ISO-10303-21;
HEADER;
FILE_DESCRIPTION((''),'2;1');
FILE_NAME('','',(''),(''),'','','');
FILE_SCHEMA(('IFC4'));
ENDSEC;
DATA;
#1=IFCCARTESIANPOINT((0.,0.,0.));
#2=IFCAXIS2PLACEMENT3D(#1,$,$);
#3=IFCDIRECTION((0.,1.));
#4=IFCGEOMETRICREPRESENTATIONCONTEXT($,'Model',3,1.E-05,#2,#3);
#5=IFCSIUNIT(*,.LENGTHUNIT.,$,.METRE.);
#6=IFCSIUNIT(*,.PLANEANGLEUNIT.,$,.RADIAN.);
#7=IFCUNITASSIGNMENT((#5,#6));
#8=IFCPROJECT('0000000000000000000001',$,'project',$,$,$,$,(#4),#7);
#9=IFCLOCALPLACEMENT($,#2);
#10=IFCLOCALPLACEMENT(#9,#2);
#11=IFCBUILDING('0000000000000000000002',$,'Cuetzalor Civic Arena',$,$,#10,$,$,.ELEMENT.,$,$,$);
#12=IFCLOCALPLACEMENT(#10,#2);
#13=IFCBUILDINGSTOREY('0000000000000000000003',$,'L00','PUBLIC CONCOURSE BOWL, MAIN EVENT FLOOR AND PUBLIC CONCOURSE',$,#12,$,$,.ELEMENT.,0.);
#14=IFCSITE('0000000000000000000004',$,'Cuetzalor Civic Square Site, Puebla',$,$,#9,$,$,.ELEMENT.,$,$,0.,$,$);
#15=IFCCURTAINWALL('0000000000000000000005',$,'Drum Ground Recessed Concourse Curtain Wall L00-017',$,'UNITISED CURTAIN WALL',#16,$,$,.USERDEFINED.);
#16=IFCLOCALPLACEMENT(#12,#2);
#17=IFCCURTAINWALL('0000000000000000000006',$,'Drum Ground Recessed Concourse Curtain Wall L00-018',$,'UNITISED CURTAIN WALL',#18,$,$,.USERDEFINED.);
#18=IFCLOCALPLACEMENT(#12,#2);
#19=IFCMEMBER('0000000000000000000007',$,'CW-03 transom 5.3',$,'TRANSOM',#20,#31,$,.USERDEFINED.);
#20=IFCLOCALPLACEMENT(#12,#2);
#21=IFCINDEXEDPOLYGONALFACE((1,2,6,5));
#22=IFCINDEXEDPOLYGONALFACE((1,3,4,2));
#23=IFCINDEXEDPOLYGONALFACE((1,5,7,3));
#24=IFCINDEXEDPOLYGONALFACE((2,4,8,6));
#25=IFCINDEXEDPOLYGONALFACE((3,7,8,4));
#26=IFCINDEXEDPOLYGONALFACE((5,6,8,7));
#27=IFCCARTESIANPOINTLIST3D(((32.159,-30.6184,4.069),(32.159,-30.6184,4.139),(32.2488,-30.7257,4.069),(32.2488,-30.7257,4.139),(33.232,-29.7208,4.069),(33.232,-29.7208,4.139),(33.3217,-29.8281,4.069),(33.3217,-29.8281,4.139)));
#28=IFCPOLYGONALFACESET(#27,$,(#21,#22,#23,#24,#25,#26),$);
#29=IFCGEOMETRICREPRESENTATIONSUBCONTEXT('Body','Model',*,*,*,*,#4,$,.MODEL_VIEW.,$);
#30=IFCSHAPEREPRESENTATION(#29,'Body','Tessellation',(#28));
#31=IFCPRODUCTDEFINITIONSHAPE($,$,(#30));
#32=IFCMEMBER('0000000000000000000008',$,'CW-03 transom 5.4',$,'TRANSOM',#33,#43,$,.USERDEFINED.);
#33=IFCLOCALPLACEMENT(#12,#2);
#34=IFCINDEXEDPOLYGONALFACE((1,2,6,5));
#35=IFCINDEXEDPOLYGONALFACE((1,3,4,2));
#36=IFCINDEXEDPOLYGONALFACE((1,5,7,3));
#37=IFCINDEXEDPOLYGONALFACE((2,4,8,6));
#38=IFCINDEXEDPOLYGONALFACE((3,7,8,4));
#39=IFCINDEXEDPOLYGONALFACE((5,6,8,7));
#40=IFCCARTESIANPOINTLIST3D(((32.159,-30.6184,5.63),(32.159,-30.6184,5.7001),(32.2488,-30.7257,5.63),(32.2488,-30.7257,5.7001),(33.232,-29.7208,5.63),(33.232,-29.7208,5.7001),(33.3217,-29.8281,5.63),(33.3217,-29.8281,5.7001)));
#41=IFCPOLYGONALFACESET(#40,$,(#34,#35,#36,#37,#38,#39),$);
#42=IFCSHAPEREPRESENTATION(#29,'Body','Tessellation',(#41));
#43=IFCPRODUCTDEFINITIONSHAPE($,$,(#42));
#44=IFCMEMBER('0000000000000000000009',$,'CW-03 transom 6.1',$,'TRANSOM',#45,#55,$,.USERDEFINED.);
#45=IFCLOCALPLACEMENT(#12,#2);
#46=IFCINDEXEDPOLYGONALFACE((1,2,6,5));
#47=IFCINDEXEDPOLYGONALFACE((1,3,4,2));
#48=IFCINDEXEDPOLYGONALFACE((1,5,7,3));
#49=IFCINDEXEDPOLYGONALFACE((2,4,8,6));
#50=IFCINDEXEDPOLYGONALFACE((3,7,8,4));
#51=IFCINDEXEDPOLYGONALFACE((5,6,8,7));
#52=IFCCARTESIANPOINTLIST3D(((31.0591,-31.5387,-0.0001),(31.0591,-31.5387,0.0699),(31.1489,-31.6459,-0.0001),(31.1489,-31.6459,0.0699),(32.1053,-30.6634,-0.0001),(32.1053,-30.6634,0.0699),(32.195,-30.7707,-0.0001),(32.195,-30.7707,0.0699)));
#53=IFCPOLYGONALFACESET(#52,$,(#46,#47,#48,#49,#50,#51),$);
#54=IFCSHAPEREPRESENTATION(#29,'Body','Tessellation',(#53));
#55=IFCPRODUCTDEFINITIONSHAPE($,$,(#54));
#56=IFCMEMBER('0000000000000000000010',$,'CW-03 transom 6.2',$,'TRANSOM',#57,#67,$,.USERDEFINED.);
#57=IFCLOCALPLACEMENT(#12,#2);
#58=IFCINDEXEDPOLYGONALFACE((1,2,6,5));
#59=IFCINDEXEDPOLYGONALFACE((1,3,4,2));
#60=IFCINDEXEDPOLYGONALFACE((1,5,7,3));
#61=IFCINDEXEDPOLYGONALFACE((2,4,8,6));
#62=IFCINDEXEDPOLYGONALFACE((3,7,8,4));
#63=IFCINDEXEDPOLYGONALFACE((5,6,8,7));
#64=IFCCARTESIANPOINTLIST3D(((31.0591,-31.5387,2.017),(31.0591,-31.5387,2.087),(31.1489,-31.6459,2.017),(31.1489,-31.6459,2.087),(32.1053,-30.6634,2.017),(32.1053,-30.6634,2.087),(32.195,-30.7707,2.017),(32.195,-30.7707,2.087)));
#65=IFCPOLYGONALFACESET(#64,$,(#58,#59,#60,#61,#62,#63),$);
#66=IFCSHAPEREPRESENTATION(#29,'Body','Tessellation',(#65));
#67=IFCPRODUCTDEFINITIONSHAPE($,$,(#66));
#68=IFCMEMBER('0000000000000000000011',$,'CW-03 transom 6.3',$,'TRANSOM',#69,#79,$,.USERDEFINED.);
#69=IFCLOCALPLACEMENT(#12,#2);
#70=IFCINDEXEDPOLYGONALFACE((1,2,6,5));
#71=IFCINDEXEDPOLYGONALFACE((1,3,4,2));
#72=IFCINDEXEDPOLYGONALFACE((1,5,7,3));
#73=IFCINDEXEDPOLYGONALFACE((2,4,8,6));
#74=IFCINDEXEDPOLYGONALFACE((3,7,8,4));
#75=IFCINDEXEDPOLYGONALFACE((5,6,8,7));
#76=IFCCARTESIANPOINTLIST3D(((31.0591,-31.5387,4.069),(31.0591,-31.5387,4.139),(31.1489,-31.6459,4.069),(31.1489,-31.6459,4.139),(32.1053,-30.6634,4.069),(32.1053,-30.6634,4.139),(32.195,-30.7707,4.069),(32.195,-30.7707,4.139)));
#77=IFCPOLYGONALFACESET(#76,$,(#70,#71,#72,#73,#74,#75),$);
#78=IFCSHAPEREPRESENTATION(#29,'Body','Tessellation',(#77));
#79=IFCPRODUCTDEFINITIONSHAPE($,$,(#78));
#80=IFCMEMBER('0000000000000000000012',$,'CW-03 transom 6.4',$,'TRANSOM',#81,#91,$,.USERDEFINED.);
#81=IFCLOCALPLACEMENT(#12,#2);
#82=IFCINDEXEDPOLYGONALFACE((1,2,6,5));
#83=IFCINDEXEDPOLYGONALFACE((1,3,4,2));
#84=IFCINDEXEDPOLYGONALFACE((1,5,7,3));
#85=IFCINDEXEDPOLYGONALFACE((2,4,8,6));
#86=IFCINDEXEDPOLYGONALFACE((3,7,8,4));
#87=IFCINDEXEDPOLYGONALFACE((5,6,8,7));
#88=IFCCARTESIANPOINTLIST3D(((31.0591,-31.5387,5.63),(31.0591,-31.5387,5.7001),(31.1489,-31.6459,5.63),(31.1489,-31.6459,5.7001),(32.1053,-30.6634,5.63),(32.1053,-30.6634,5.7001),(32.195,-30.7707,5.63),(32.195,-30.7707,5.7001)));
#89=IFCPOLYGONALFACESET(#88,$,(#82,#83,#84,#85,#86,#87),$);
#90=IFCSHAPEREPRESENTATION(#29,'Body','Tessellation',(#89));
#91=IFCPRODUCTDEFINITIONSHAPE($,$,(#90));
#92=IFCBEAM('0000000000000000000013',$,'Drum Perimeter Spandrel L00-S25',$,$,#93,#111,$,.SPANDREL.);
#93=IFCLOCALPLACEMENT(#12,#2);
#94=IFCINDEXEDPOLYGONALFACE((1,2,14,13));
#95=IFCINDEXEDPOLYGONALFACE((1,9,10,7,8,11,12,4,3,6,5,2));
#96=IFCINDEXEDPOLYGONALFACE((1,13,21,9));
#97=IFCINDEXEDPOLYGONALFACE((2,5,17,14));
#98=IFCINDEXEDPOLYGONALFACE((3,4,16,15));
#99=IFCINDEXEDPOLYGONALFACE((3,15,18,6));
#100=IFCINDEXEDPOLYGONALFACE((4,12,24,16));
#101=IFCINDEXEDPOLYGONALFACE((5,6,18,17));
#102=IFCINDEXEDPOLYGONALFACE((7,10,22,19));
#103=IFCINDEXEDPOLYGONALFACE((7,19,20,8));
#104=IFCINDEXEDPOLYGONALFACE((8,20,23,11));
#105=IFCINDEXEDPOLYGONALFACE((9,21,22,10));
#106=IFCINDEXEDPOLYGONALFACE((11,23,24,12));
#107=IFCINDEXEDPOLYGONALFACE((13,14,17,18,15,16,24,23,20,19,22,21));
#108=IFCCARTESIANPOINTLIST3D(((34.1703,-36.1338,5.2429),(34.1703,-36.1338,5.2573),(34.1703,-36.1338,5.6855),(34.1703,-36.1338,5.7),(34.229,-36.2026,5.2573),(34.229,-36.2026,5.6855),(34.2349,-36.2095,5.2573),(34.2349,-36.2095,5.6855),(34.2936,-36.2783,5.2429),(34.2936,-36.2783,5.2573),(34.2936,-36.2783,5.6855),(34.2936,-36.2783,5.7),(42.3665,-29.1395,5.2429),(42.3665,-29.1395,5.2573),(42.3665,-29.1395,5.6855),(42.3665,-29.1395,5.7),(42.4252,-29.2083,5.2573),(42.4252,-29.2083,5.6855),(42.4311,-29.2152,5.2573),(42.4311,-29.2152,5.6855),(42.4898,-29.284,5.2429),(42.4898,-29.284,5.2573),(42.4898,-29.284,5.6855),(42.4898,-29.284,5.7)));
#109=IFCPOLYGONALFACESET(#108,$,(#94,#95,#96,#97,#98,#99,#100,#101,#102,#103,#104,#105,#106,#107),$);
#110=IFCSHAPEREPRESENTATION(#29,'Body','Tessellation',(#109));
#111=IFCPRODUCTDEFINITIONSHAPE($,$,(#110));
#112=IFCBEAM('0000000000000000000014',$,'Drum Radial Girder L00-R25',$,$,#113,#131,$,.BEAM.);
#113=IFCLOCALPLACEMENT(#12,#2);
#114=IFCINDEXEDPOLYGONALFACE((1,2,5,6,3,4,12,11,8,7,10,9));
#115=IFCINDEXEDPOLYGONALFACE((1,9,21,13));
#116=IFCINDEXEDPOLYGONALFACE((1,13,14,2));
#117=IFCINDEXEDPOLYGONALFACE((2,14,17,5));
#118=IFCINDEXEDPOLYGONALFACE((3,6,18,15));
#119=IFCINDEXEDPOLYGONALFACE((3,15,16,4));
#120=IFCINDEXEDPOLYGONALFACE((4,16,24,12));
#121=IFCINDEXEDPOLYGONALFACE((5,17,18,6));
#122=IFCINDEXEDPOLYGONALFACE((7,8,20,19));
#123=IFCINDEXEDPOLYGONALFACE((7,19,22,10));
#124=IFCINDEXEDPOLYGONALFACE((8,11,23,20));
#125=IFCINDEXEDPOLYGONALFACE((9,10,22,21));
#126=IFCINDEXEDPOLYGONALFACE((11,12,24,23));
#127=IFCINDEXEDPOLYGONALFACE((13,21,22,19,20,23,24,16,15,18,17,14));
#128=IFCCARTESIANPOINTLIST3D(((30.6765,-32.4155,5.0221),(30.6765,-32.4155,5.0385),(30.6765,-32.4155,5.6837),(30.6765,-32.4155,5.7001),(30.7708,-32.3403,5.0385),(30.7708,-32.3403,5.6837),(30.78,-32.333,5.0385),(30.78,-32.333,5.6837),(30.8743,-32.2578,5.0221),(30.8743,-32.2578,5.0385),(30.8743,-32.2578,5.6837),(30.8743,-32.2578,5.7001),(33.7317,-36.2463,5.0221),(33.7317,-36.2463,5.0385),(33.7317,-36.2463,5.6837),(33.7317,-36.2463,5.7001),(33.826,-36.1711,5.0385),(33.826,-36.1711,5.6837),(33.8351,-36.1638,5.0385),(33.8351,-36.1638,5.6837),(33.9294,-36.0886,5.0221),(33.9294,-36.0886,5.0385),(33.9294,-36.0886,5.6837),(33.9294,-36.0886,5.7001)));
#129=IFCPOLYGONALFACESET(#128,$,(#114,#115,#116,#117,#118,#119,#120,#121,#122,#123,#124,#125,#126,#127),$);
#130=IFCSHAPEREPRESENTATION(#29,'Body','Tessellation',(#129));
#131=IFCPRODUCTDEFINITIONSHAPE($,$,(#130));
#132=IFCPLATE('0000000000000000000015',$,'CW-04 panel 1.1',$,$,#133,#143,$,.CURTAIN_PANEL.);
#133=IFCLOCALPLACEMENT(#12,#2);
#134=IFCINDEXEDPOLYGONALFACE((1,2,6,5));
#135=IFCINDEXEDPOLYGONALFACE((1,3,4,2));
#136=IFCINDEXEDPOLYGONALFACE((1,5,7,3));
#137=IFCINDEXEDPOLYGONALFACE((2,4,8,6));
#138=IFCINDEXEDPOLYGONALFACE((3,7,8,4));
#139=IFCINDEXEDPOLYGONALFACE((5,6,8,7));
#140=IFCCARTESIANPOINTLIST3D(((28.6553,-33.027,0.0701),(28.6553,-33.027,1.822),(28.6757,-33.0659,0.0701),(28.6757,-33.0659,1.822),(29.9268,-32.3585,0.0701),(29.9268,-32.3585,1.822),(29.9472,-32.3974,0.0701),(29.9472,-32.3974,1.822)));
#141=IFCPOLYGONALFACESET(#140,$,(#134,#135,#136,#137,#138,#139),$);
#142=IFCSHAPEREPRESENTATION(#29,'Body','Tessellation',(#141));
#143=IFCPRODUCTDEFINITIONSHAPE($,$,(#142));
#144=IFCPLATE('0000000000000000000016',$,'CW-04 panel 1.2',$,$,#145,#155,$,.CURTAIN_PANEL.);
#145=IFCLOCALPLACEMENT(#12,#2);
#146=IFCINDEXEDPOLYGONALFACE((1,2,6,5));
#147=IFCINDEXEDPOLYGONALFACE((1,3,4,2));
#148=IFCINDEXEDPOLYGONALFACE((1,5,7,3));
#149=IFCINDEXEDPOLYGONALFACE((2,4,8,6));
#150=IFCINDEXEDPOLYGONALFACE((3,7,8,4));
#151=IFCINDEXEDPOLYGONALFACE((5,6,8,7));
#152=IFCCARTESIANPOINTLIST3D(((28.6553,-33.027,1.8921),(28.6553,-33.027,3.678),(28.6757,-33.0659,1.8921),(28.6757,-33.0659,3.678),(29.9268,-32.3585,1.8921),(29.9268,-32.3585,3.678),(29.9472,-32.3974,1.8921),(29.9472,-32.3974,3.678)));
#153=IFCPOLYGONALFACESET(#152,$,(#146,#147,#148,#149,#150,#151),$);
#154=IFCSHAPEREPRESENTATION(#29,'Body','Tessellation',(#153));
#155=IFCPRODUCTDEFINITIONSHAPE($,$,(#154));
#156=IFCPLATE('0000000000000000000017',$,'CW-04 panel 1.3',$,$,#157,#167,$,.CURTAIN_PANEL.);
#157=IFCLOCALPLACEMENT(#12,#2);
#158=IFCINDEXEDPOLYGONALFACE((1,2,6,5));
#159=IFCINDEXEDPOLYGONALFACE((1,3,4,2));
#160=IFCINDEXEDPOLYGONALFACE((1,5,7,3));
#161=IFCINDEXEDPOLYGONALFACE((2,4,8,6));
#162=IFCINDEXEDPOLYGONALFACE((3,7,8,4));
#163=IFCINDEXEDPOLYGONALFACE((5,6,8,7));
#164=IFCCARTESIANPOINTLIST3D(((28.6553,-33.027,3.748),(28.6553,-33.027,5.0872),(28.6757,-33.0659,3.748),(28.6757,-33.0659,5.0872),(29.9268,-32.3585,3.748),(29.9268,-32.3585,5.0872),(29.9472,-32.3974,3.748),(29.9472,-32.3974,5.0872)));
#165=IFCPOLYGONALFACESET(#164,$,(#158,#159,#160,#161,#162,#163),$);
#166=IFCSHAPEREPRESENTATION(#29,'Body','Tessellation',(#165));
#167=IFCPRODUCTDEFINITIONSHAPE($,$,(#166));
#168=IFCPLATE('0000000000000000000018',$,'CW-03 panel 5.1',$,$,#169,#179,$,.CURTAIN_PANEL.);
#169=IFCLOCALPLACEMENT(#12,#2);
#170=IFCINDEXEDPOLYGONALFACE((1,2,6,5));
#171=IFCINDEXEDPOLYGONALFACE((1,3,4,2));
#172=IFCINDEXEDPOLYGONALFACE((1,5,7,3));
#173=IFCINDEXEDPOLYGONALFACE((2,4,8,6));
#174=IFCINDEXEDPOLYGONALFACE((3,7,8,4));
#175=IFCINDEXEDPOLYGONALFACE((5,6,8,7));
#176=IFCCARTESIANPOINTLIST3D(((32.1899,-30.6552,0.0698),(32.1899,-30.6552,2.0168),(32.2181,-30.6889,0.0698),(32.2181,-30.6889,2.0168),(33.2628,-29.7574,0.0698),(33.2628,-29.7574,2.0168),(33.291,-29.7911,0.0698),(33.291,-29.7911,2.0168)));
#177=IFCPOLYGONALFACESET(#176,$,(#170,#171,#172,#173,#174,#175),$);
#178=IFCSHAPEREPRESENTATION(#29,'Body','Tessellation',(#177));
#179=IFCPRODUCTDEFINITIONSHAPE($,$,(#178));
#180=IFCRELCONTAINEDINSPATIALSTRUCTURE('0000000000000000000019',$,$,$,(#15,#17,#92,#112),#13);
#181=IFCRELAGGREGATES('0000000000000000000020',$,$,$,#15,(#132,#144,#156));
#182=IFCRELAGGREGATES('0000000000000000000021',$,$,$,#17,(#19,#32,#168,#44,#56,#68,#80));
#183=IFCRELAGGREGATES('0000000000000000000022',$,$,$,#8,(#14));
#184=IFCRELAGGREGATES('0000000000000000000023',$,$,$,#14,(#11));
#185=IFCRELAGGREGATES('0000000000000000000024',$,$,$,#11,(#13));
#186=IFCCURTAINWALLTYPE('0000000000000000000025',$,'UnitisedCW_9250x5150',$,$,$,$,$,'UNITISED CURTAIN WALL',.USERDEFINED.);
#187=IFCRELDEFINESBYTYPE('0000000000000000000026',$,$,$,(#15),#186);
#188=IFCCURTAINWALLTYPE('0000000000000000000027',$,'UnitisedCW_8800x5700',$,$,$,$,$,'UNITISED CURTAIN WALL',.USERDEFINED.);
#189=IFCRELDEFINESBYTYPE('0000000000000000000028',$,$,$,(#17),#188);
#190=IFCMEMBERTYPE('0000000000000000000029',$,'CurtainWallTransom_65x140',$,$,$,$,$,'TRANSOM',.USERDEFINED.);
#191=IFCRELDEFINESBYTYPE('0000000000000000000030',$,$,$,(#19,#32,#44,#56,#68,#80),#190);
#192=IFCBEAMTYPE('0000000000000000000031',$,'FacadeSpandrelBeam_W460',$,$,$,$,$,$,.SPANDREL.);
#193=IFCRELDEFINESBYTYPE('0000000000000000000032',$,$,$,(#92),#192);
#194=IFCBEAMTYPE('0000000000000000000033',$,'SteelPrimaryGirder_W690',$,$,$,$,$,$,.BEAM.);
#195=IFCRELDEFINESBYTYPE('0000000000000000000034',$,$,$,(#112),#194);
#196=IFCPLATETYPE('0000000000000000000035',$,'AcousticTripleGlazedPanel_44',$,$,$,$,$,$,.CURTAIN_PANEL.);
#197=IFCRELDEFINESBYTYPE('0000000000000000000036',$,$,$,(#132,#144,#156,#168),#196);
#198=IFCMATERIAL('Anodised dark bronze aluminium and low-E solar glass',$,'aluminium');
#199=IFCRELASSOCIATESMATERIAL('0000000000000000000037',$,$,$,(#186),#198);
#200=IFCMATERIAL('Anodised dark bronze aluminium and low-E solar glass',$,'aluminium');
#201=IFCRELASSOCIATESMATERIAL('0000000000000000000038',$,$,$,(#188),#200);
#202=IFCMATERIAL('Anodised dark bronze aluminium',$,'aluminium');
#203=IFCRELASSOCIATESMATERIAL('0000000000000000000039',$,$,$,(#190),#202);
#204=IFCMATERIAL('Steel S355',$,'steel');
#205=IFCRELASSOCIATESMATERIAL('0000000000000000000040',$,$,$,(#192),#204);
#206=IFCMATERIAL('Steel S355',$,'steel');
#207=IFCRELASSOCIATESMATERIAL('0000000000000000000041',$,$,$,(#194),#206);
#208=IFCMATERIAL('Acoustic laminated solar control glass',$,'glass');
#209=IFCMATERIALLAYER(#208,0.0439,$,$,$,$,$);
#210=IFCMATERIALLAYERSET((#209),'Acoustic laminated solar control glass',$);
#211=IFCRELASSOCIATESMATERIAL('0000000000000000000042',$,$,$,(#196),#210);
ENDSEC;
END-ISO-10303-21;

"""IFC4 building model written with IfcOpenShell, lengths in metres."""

from ifc_helpers import new_model, si_unit, direction, frame, origin, origin_2d, place, context, subcontext, project, spatial, rectangle, i_section, extrude, material, layer, layer_set, material_profile, profile_set, type_object, element, aggregate, save


model = new_model("IFC4")

# Units and contexts
model_context = context("Model", 3, precision=1e-05, world=origin(), true_north=direction((0.0, 1.0)))
body_context = subcontext(model_context, "Body", "Model", "MODEL_VIEW")
ifc_project = project(units=[si_unit("LENGTHUNIT", "METRE"), si_unit("PLANEANGLEUNIT", "RADIAN")], contexts=[model_context])

# Site, building, storey
site_placement = place(None, origin())
site = spatial("IfcSite", under=ifc_project, at=site_placement, Name="Cuetzalor Civic Square Site, Puebla", CompositionType="ELEMENT", RefElevation=0.0)
building_placement = place(site_placement, origin())
building = spatial("IfcBuilding", under=site, at=building_placement, Name="Cuetzalor Civic Arena", CompositionType="ELEMENT")
storey_placement = place(building_placement, origin())
storey = spatial("IfcBuildingStorey", under=building, at=storey_placement, Name="L00", Description="PUBLIC CONCOURSE BOWL, MAIN EVENT FLOOR AND PUBLIC CONCOURSE", CompositionType="ELEMENT", Elevation=0.0)

# Curtain wall
ifc_material_1 = material(Name="Anodised dark bronze aluminium and low-E solar glass", Category="aluminium")
curtain_wall_type_1 = type_object("IfcCurtainWallType", Name="UnitisedCW_9250x5150", ElementType="UNITISED CURTAIN WALL", PredefinedType="USERDEFINED", material=ifc_material_1)
curtain_wall_1_placement = place(storey_placement, origin())
curtain_wall_1 = element("IfcCurtainWall", 1, at=curtain_wall_1_placement, inside=storey, type_object=curtain_wall_type_1, Name="Drum Ground Recessed Concourse Curtain Wall L00-017", ObjectType="UNITISED CURTAIN WALL", PredefinedType="USERDEFINED")

# Curtain wall
ifc_material_2 = material(Name="Anodised dark bronze aluminium and low-E solar glass", Category="aluminium")
curtain_wall_type_2 = type_object("IfcCurtainWallType", Name="UnitisedCW_8800x5700", ElementType="UNITISED CURTAIN WALL", PredefinedType="USERDEFINED", material=ifc_material_2)
curtain_wall_2_placement = place(storey_placement, origin())
curtain_wall_2 = element("IfcCurtainWall", 2, at=curtain_wall_2_placement, inside=storey, type_object=curtain_wall_type_2, Name="Drum Ground Recessed Concourse Curtain Wall L00-018", ObjectType="UNITISED CURTAIN WALL", PredefinedType="USERDEFINED")

# Members
ifc_material_3 = material(Name="Anodised dark bronze aluminium", Category="aluminium")
ifc_material_profile_1 = material_profile(ifc_material_3, rectangle(XDim=0.1399, YDim=0.0701, at=origin_2d()), Name="ALU TRANSOM 70x140")
ifc_profile_set_1 = profile_set([ifc_material_profile_1], Name="Anodised dark bronze aluminium")
member_type_1 = type_object("IfcMemberType", Name="CurtainWallTransom_65x140", ElementType="TRANSOM", PredefinedType="USERDEFINED", material=ifc_profile_set_1)
member_1_placement = place(storey_placement, frame((33.2769, -29.7744, 4.104), z_axis=(-0.766975, -0.641677, 0.0), x_axis=(0.641677, -0.766975, 0.0)))
member_1 = element("IfcMember", 3, at=member_1_placement, type_object=member_type_1, Name="CW-03 transom 5.3", ObjectType="TRANSOM", PredefinedType="USERDEFINED", context=body_context, shape_type="SweptSolid", body=[
    extrude(rectangle(XDim=0.1399, YDim=0.0701, at=origin_2d()), origin(), (0.0, 0.0, 1.0), 1.3989),
])
member_2_placement = place(storey_placement, frame((33.2769, -29.7744, 5.665), z_axis=(-0.766975, -0.641677, 0.0), x_axis=(0.641677, -0.766975, 0.0)))
member_2 = element("IfcMember", 4, at=member_2_placement, type_object=member_type_1, Name="CW-03 transom 5.4", ObjectType="TRANSOM", PredefinedType="USERDEFINED", context=body_context, shape_type="SweptSolid", body=[
    extrude(rectangle(XDim=0.1399, YDim=0.0701, at=origin_2d()), origin(), (0.0, 0.0, 1.0), 1.3989),
])
member_3_placement = place(storey_placement, frame((32.1501, -30.717, 0.0349), z_axis=(-0.766973, -0.64168, 0.0), x_axis=(0.64168, -0.766973, 0.0)))
member_3 = element("IfcMember", 5, at=member_3_placement, type_object=member_type_1, Name="CW-03 transom 6.1", ObjectType="TRANSOM", PredefinedType="USERDEFINED", context=body_context, shape_type="SweptSolid", body=[
    extrude(rectangle(XDim=0.1399, YDim=0.0701, at=origin_2d()), origin(), (0.0, 0.0, 1.0), 1.364),
])
member_4_placement = place(storey_placement, frame((32.1501, -30.717, 2.052), z_axis=(-0.766973, -0.64168, 0.0), x_axis=(0.64168, -0.766973, 0.0)))
member_4 = element("IfcMember", 6, at=member_4_placement, type_object=member_type_1, Name="CW-03 transom 6.2", ObjectType="TRANSOM", PredefinedType="USERDEFINED", context=body_context, shape_type="SweptSolid", body=[
    extrude(rectangle(XDim=0.1399, YDim=0.0701, at=origin_2d()), origin(), (0.0, 0.0, 1.0), 1.364),
])
member_5_placement = place(storey_placement, frame((32.1501, -30.717, 4.104), z_axis=(-0.766973, -0.64168, 0.0), x_axis=(0.64168, -0.766973, 0.0)))
member_5 = element("IfcMember", 7, at=member_5_placement, type_object=member_type_1, Name="CW-03 transom 6.3", ObjectType="TRANSOM", PredefinedType="USERDEFINED", context=body_context, shape_type="SweptSolid", body=[
    extrude(rectangle(XDim=0.1399, YDim=0.0701, at=origin_2d()), origin(), (0.0, 0.0, 1.0), 1.364),
])
member_6_placement = place(storey_placement, frame((32.1501, -30.717, 5.665), z_axis=(-0.766973, -0.64168, 0.0), x_axis=(0.64168, -0.766973, 0.0)))
member_6 = element("IfcMember", 8, at=member_6_placement, type_object=member_type_1, Name="CW-03 transom 6.4", ObjectType="TRANSOM", PredefinedType="USERDEFINED", context=body_context, shape_type="SweptSolid", body=[
    extrude(rectangle(XDim=0.1399, YDim=0.0701, at=origin_2d()), origin(), (0.0, 0.0, 1.0), 1.364),
])

# Beams
ifc_material_4 = material(Name="Steel S355", Category="steel")
ifc_material_profile_2 = material_profile(ifc_material_4, i_section(OverallWidth=0.1899, OverallDepth=0.457, WebThickness=0.009, FlangeThickness=0.0144, at=origin_2d()), Name="W460x74")
ifc_profile_set_2 = profile_set([ifc_material_profile_2], Name="Steel S355")
beam_type_1 = type_object("IfcBeamType", Name="FacadeSpandrelBeam_W460", PredefinedType="SPANDREL", material=ifc_profile_set_2)
beam_1_placement = place(storey_placement, frame((34.2319, -36.2061, 5.4714), z_axis=(0.760677, 0.649131, 0.0), x_axis=(-0.649131, 0.760677, 0.0)))
element("IfcBeam", 9, at=beam_1_placement, inside=storey, type_object=beam_type_1, Name="Drum Perimeter Spandrel L00-S25", PredefinedType="SPANDREL", context=body_context, shape_type="SweptSolid", body=[
    extrude(i_section(OverallWidth=0.1899, OverallDepth=0.457, WebThickness=0.009, FlangeThickness=0.0144, at=origin_2d()), origin(), (0.0, 0.0, 1.0), 10.7749),
])
ifc_material_5 = material(Name="Steel S355", Category="steel")
ifc_material_profile_3 = material_profile(ifc_material_5, i_section(OverallWidth=0.2529, OverallDepth=0.678, WebThickness=0.0117, FlangeThickness=0.0164, at=origin_2d()), Name="W690x125")
ifc_profile_set_3 = profile_set([ifc_material_profile_3], Name="Steel S355")
beam_type_2 = type_object("IfcBeamType", Name="SteelPrimaryGirder_W690", PredefinedType="BEAM", material=ifc_profile_set_3)
beam_2_placement = place(storey_placement, frame((30.7754, -32.3367, 5.3611), z_axis=(0.623516, -0.781811, 0.0), x_axis=(0.781811, 0.623516, 0.0)))
element("IfcBeam", 10, at=beam_2_placement, inside=storey, type_object=beam_type_2, Name="Drum Radial Girder L00-R25", PredefinedType="BEAM", context=body_context, shape_type="SweptSolid", body=[
    extrude(i_section(OverallWidth=0.2529, OverallDepth=0.678, WebThickness=0.0117, FlangeThickness=0.0164, at=origin_2d()), origin(), (0.0, 0.0, 1.0), 4.8999),
])

# Plates
ifc_material_6 = material(Name="Acoustic laminated solar control glass", Category="glass")
ifc_layer_1 = layer(ifc_material_6, 0.0439)
ifc_layer_set_1 = layer_set([ifc_layer_1], Name="Acoustic laminated solar control glass")
plate_type = type_object("IfcPlateType", Name="AcousticTripleGlazedPanel_44", PredefinedType="CURTAIN_PANEL", material=ifc_layer_set_1)
plate_1_placement = place(storey_placement, frame((29.3013, -32.7122, 0.0701), z_axis=(0.0, 0.0, 1.0), x_axis=(-0.885118, -0.465366, 0.0)))
plate_1 = element("IfcPlate", 11, at=plate_1_placement, type_object=plate_type, Name="CW-04 panel 1.1", PredefinedType="CURTAIN_PANEL", context=body_context, shape_type="SweptSolid", body=[
    extrude(rectangle(XDim=1.4365, YDim=0.0439, at=origin_2d()), origin(), (0.0, 0.0, 1.0), 1.752),
])
plate_2_placement = place(storey_placement, frame((29.3013, -32.7122, 1.8921), z_axis=(0.0, 0.0, 1.0), x_axis=(-0.885118, -0.465366, 0.0)))
plate_2 = element("IfcPlate", 12, at=plate_2_placement, type_object=plate_type, Name="CW-04 panel 1.2", PredefinedType="CURTAIN_PANEL", context=body_context, shape_type="SweptSolid", body=[
    extrude(rectangle(XDim=1.4365, YDim=0.0439, at=origin_2d()), origin(), (0.0, 0.0, 1.0), 1.7859),
])
plate_3_placement = place(storey_placement, frame((29.3013, -32.7122, 3.748), z_axis=(0.0, 0.0, 1.0), x_axis=(-0.885118, -0.465366, 0.0)))
plate_3 = element("IfcPlate", 13, at=plate_3_placement, type_object=plate_type, Name="CW-04 panel 1.3", PredefinedType="CURTAIN_PANEL", context=body_context, shape_type="SweptSolid", body=[
    extrude(rectangle(XDim=1.4365, YDim=0.0439, at=origin_2d()), origin(), (0.0, 0.0, 1.0), 1.3391),
])
aggregate(curtain_wall_1, [plate_1, plate_2, plate_3])
plate_4_placement = place(storey_placement, frame((32.7405, -30.2231, 0.0698), z_axis=(0.0, 0.0, 1.0), x_axis=(-0.766928, -0.641733, 0.0)))
plate_4 = element("IfcPlate", 14, at=plate_4_placement, type_object=plate_type, Name="CW-03 panel 5.1", PredefinedType="CURTAIN_PANEL", context=body_context, shape_type="SweptSolid", body=[
    extrude(rectangle(XDim=1.3989, YDim=0.0439, at=origin_2d()), origin(), (0.0, 0.0, 1.0), 1.947),
])
aggregate(curtain_wall_2, [member_1, member_2, plate_4, member_3, member_4, member_5, member_6])

save(model, "model.ifc")
